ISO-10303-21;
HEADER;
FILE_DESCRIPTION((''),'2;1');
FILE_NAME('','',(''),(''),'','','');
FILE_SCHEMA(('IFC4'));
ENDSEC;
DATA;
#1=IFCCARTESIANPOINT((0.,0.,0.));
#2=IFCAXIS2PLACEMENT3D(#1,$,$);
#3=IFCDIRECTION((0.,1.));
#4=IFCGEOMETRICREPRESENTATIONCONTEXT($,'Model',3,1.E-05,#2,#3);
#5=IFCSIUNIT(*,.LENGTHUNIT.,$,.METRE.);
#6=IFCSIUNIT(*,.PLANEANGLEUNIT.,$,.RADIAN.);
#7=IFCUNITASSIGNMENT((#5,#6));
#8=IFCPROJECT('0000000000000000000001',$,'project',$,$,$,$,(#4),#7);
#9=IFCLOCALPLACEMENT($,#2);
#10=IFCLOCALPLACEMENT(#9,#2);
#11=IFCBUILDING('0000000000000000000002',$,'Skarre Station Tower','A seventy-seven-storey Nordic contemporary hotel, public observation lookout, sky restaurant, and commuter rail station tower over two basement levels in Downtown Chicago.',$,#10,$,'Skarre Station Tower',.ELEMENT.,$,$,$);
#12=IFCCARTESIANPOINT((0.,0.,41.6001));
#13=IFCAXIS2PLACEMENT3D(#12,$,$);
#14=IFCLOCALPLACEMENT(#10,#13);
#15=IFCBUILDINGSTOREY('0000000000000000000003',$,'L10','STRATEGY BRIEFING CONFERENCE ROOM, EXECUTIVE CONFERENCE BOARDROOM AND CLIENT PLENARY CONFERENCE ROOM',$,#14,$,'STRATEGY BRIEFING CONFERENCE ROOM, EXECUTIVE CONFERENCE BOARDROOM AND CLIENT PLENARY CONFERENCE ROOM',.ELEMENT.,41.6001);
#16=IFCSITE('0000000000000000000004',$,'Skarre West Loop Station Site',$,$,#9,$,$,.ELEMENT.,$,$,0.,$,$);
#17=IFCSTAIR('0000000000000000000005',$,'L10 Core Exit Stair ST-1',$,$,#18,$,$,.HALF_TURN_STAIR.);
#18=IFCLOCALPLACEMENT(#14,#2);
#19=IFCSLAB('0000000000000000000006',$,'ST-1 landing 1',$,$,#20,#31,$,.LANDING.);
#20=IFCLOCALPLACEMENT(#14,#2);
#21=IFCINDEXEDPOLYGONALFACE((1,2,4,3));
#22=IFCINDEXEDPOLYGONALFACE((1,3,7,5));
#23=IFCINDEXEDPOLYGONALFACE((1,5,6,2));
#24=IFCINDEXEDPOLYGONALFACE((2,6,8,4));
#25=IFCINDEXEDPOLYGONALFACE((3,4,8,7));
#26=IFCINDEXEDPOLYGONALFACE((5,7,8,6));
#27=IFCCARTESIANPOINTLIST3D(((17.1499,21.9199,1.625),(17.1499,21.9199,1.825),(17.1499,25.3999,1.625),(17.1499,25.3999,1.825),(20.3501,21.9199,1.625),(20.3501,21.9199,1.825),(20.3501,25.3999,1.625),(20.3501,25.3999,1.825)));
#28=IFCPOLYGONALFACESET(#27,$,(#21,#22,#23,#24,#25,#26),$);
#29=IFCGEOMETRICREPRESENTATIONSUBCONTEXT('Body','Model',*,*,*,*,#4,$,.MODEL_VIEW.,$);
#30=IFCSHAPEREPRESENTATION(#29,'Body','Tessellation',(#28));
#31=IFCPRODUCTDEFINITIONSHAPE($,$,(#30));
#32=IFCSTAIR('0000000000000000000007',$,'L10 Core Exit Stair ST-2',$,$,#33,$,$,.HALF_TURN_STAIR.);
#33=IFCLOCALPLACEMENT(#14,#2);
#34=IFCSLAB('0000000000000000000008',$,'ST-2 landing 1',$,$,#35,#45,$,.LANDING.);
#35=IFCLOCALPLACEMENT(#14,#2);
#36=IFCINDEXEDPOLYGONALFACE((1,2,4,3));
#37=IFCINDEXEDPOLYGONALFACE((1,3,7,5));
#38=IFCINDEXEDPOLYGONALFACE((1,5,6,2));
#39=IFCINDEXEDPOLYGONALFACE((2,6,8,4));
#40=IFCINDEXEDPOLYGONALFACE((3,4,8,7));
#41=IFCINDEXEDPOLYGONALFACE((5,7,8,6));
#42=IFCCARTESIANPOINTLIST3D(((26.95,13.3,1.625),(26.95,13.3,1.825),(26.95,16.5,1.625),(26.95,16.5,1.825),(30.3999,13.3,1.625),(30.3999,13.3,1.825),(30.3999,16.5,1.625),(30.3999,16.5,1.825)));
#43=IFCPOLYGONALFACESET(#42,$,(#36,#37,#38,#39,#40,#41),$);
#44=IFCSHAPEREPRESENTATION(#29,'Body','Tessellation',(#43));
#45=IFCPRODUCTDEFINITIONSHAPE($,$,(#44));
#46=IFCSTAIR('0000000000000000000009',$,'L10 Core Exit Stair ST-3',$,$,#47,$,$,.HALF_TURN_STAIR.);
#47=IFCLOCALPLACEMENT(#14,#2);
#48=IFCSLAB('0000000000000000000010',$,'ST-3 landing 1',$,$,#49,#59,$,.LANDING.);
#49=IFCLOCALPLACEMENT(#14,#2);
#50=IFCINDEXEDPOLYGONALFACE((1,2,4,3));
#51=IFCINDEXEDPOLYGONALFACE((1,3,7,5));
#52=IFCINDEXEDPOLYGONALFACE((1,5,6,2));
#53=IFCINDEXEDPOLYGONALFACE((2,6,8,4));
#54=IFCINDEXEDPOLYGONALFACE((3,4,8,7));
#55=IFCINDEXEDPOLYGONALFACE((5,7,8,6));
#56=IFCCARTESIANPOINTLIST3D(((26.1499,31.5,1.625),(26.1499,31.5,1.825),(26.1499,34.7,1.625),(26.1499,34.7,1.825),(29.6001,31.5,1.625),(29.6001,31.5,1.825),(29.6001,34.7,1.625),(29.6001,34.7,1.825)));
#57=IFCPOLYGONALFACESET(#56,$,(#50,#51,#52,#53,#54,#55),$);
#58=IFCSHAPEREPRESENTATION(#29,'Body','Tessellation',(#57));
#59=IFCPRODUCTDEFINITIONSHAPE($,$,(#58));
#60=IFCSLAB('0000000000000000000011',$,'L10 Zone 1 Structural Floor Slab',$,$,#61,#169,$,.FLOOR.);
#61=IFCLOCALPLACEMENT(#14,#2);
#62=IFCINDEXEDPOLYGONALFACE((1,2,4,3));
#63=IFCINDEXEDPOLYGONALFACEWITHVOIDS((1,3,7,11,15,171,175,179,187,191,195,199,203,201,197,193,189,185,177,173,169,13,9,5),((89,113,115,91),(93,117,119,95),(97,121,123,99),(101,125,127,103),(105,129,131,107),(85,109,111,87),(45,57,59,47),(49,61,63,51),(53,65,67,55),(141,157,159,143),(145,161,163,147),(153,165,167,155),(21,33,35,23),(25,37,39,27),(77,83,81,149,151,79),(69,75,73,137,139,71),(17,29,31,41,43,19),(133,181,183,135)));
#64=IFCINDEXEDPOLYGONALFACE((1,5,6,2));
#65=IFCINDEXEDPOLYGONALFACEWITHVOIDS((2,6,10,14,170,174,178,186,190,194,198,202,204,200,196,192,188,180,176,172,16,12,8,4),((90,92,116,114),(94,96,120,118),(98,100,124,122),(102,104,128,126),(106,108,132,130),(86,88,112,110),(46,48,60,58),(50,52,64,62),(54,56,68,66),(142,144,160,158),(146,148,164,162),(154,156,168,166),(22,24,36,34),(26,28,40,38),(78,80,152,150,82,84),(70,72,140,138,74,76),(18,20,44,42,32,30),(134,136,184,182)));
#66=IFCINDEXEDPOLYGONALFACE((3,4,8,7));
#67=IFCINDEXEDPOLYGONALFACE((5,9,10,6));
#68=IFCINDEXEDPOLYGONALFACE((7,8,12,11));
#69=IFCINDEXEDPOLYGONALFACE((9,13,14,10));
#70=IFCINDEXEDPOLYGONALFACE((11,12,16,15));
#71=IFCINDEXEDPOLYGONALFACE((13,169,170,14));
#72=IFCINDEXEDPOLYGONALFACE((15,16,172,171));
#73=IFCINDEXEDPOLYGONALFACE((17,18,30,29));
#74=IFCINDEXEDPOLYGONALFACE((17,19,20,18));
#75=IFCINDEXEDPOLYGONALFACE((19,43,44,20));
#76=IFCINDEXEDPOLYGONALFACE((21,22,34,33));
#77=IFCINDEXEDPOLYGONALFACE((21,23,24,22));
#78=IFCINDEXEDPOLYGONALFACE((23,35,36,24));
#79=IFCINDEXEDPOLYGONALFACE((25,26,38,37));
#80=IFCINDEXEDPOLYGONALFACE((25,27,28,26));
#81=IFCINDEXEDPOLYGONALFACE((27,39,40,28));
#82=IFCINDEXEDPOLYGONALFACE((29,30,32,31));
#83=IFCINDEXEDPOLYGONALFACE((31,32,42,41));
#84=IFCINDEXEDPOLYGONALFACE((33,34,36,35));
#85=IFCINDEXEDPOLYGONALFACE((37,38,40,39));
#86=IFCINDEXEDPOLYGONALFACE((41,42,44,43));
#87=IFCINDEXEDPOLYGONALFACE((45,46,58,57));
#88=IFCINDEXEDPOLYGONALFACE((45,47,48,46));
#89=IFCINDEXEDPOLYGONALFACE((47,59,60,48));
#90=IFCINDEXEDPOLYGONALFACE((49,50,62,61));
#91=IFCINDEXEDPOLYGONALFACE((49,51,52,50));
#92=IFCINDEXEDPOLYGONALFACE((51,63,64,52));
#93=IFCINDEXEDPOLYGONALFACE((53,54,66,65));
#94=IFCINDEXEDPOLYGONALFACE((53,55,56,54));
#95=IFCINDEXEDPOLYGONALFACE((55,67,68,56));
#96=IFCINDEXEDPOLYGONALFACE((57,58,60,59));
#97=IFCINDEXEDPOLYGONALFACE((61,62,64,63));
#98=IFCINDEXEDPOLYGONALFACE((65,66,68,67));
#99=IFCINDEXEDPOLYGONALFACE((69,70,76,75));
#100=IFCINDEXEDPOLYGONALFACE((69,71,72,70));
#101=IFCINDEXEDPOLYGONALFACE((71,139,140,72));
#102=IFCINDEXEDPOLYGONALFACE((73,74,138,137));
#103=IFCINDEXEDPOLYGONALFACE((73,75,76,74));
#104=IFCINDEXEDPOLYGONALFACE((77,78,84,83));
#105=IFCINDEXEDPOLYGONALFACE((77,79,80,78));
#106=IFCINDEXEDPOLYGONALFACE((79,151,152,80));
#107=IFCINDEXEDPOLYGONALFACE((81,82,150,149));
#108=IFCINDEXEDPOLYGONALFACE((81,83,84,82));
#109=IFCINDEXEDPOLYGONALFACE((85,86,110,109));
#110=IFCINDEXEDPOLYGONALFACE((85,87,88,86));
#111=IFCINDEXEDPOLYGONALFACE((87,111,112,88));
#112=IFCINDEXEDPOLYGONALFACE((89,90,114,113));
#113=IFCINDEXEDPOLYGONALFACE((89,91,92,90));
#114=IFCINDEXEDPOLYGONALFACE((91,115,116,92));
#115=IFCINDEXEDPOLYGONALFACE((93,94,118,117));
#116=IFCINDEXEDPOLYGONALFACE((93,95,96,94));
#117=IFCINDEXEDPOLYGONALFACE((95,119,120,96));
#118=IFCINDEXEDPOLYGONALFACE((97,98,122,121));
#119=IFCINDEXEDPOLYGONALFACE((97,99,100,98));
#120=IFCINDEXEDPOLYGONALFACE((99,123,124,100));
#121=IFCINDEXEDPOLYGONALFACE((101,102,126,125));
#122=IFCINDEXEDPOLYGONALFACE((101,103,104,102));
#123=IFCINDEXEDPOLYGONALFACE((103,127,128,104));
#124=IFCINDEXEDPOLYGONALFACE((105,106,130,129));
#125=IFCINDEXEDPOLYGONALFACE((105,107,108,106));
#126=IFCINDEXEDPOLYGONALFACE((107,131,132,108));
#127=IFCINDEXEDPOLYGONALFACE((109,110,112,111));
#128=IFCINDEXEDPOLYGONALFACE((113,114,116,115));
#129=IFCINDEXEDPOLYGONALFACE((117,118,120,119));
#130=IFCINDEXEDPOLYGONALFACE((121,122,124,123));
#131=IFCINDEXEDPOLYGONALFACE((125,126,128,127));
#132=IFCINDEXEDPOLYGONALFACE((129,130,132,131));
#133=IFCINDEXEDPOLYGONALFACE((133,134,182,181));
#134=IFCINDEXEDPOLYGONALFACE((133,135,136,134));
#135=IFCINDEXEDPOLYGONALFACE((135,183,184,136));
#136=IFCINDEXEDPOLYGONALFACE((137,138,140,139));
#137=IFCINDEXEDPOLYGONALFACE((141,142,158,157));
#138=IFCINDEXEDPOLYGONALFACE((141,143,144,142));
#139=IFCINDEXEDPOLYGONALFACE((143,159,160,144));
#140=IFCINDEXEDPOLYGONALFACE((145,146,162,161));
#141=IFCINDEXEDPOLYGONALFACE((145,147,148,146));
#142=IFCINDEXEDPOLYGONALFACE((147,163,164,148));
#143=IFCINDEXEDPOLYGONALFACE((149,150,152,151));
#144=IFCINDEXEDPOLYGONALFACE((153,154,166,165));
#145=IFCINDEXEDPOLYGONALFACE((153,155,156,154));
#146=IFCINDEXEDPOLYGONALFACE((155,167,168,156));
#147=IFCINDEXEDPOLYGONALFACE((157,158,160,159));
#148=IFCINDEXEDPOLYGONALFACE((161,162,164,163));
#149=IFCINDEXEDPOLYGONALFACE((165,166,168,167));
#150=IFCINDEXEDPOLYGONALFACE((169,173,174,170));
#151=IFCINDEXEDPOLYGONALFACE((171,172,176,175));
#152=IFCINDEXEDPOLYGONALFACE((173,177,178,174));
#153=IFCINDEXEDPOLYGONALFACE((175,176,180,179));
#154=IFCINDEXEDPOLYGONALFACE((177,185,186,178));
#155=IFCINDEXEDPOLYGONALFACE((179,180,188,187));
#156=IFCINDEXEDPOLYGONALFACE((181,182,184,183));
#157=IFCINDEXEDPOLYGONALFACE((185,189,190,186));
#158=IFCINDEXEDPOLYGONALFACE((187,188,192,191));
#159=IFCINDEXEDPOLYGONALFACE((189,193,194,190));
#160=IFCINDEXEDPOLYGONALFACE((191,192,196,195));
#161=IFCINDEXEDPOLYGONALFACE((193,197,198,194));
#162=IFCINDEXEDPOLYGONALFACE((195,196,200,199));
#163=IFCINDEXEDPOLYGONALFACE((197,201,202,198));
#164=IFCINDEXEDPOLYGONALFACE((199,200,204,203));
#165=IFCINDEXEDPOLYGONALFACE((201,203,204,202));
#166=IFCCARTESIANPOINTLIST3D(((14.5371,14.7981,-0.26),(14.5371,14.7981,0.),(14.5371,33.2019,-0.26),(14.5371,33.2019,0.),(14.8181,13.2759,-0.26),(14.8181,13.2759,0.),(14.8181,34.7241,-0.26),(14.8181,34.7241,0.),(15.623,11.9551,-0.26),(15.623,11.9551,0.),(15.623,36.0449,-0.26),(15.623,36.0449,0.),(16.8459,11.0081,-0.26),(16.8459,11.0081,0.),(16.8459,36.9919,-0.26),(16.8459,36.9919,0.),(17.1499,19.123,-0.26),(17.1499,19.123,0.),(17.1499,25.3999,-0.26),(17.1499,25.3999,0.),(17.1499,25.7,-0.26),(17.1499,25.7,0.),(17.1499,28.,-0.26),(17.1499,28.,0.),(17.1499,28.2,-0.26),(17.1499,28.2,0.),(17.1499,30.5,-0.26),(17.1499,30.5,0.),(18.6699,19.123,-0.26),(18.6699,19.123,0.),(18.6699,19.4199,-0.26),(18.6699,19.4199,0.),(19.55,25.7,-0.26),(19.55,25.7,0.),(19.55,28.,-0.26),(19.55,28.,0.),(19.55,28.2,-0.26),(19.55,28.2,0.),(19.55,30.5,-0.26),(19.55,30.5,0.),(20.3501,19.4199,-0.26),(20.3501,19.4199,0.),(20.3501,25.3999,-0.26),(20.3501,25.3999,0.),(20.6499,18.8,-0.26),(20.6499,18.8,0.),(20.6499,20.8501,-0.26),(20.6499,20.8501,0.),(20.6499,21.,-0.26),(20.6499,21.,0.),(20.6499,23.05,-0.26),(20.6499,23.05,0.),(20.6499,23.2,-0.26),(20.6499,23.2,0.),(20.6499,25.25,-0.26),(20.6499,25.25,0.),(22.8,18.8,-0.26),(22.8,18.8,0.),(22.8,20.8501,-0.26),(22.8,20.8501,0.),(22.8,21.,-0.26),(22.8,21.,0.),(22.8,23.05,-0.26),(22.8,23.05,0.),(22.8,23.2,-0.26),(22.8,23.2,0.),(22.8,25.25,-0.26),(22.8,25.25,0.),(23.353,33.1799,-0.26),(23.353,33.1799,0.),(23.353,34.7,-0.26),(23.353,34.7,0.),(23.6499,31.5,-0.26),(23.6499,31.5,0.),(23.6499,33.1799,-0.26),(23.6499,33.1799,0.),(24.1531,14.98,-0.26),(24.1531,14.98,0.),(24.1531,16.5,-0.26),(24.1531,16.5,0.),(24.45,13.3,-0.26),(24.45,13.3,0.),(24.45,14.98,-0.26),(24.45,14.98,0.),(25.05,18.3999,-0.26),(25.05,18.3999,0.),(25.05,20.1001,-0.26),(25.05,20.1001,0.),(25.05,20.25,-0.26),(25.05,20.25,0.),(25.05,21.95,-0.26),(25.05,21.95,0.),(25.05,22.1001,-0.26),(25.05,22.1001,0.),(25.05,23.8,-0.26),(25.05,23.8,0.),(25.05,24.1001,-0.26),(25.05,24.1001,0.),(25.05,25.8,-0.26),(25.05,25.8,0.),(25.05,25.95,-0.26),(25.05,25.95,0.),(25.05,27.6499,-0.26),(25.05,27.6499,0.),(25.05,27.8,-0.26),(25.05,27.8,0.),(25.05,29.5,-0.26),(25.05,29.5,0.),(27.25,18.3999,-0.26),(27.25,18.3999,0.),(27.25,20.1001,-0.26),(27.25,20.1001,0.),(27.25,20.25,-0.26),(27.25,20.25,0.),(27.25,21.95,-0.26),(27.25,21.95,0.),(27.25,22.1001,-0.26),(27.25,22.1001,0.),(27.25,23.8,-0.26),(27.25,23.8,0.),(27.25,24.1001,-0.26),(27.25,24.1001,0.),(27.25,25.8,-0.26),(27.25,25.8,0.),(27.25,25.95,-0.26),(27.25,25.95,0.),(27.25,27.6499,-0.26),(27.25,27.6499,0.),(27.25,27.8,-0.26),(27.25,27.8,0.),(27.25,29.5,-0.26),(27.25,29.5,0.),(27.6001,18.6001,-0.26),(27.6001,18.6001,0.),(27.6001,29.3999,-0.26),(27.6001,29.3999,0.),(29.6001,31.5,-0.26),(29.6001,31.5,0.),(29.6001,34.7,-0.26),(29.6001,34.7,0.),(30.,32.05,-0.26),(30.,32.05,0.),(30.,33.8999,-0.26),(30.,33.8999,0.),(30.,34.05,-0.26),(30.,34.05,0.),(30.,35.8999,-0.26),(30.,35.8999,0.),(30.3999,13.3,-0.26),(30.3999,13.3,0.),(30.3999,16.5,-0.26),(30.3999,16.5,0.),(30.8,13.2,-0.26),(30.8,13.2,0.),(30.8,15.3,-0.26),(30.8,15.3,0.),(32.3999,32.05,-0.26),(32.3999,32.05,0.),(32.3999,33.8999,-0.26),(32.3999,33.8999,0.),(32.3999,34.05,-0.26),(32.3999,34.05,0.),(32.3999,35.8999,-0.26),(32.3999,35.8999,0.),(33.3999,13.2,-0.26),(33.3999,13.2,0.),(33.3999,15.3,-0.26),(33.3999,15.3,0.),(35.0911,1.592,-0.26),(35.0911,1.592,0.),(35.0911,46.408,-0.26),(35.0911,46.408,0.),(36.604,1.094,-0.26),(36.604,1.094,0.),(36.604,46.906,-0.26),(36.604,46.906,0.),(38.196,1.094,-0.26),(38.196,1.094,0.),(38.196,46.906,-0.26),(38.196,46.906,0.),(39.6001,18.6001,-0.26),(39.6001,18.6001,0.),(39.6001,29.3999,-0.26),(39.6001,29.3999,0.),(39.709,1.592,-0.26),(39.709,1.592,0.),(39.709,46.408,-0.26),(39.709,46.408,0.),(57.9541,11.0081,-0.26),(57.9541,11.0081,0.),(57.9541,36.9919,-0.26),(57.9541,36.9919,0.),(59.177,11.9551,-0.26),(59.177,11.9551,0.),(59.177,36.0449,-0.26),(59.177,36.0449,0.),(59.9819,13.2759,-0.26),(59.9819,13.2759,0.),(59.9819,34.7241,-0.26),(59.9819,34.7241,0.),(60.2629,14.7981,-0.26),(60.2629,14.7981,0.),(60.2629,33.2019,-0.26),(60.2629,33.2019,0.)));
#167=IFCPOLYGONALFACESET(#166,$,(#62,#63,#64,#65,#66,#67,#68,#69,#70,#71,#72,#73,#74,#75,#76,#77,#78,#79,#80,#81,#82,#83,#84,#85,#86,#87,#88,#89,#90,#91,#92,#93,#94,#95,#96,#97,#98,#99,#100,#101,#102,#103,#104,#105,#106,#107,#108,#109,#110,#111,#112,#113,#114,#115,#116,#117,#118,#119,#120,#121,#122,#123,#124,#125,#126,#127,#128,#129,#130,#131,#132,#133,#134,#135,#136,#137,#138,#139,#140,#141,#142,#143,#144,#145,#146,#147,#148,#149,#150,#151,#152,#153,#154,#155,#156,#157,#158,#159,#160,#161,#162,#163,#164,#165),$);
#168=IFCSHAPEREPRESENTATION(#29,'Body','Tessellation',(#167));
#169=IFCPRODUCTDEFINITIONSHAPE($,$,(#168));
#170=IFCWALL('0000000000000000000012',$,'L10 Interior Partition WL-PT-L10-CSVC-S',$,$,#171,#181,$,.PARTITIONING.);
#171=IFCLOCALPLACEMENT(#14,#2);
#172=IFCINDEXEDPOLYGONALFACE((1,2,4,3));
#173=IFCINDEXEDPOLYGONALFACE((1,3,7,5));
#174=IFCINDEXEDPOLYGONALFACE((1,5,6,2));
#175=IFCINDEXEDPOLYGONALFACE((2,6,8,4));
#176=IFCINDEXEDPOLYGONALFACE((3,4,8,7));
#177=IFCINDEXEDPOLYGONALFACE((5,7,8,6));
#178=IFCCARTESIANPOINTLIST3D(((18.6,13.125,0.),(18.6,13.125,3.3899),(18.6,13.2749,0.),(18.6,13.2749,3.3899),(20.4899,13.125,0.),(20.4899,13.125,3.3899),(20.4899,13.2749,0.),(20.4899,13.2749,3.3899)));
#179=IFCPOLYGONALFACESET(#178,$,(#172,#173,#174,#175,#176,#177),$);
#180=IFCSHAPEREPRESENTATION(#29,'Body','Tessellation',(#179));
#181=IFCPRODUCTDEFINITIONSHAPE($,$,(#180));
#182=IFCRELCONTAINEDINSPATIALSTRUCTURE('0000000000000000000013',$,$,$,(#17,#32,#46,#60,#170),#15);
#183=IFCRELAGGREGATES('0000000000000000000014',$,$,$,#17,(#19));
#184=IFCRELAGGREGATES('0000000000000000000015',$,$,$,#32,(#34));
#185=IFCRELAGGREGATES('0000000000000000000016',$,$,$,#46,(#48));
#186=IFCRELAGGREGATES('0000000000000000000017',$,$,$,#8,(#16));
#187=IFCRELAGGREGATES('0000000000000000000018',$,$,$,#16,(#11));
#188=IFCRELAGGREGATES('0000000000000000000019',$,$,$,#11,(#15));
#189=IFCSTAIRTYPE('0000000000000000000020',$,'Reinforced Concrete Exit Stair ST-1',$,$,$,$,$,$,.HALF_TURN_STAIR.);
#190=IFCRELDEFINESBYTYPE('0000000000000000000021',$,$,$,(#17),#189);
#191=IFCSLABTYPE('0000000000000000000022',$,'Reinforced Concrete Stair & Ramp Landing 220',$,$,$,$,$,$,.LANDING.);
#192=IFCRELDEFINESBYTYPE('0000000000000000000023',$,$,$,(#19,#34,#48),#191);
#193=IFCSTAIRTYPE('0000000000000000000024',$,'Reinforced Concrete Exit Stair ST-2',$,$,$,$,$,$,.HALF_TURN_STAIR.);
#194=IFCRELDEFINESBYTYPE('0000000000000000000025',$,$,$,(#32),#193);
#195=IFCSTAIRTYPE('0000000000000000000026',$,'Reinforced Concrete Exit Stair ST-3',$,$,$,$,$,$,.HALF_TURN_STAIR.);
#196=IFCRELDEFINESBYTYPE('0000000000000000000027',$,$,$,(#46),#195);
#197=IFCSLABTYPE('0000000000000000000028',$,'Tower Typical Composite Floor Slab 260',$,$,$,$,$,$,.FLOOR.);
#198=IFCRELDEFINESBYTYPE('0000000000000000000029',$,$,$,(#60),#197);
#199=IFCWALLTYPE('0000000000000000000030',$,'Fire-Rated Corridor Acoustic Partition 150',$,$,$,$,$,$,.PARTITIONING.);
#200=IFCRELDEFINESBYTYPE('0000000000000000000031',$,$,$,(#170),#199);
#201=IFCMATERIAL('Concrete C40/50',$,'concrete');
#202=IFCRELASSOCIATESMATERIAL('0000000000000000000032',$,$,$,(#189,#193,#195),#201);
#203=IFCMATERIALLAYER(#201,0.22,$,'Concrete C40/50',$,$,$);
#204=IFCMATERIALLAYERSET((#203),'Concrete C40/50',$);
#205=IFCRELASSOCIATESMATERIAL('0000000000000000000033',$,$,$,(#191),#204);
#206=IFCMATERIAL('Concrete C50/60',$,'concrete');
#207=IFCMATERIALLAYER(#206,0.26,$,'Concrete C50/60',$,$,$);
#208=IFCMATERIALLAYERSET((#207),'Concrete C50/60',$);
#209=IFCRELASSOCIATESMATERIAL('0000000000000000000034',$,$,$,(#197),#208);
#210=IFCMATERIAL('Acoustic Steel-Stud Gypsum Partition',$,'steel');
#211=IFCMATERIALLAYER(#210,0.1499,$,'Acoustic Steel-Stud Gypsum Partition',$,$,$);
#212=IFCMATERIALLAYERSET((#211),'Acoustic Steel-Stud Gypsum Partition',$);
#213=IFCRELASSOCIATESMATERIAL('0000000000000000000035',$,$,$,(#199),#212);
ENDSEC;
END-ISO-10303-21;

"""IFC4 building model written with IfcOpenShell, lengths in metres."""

from ifc_helpers import new_model, si_unit, direction, frame, frame_2d, origin, place, context, subcontext, project, spatial, polyline, rectangle, outline, extrude, material, layer, layer_set, type_object, element, aggregate, save


model = new_model("IFC4")

# Units and contexts
model_context = context("Model", 3, precision=1e-05, world=origin(), true_north=direction((0.0, 1.0)))
body_context = subcontext(model_context, "Body", "Model", "MODEL_VIEW")
ifc_project = project(units=[si_unit("LENGTHUNIT", "METRE"), si_unit("PLANEANGLEUNIT", "RADIAN")], contexts=[model_context])

# Site, building, storey
site_placement = place(None, origin())
site = spatial("IfcSite", under=ifc_project, at=site_placement, Name="Skarre West Loop Station Site", CompositionType="ELEMENT", RefElevation=0.0)
building_placement = place(site_placement, origin())
building = spatial("IfcBuilding", under=site, at=building_placement, Name="Skarre Station Tower", Description="A seventy-seven-storey Nordic contemporary hotel, public observation lookout, sky restaurant, and commuter rail station tower over two basement levels in Downtown Chicago.", LongName="Skarre Station Tower", CompositionType="ELEMENT")
storey_placement = place(building_placement, frame((0.0, 0.0, 41.6001)))
storey = spatial("IfcBuildingStorey", under=building, at=storey_placement, Name="L10", Description="STRATEGY BRIEFING CONFERENCE ROOM, EXECUTIVE CONFERENCE BOARDROOM AND CLIENT PLENARY CONFERENCE ROOM", LongName="STRATEGY BRIEFING CONFERENCE ROOM, EXECUTIVE CONFERENCE BOARDROOM AND CLIENT PLENARY CONFERENCE ROOM", CompositionType="ELEMENT", Elevation=41.6001)

# Stairs, slabs
ifc_material_1 = material(Name="Concrete C40/50", Category="concrete")
stair_type_1 = type_object("IfcStairType", Name="Reinforced Concrete Exit Stair ST-1", PredefinedType="HALF_TURN_STAIR", material=ifc_material_1)
stair_1_placement = place(storey_placement, origin())
stair_1 = element("IfcStair", 1, at=stair_1_placement, inside=storey, type_object=stair_type_1, Name="L10 Core Exit Stair ST-1", PredefinedType="HALF_TURN_STAIR")
ifc_layer_1 = layer(ifc_material_1, 0.22, Name="Concrete C40/50")
ifc_layer_set_1 = layer_set([ifc_layer_1], Name="Concrete C40/50")
slab_type_1 = type_object("IfcSlabType", Name="Reinforced Concrete Stair & Ramp Landing 220", PredefinedType="LANDING", material=ifc_layer_set_1)
slab_1_placement = place(storey_placement, frame((0.0, 0.0, 1.625)))
slab_1 = element("IfcSlab", 2, at=slab_1_placement, type_object=slab_type_1, Name="ST-1 landing 1", PredefinedType="LANDING", context=body_context, shape_type="SweptSolid", body=[
    extrude(outline(polyline([(20.3501, 21.9199), (20.3501, 25.3999), (17.1499, 25.3999), (17.1499, 21.9199), (20.3501, 21.9199)])), origin(), (0.0, 0.0, 1.0), 0.2),
])
aggregate(stair_1, [slab_1])
stair_type_2 = type_object("IfcStairType", Name="Reinforced Concrete Exit Stair ST-2", PredefinedType="HALF_TURN_STAIR", material=ifc_material_1)
stair_2_placement = place(storey_placement, origin())
stair_2 = element("IfcStair", 3, at=stair_2_placement, inside=storey, type_object=stair_type_2, Name="L10 Core Exit Stair ST-2", PredefinedType="HALF_TURN_STAIR")
slab_2_placement = place(storey_placement, frame((0.0, 0.0, 1.625)))
slab_2 = element("IfcSlab", 4, at=slab_2_placement, type_object=slab_type_1, Name="ST-2 landing 1", PredefinedType="LANDING", context=body_context, shape_type="SweptSolid", body=[
    extrude(outline(polyline([(26.95, 13.3), (30.3999, 13.3), (30.3999, 16.5), (26.95, 16.5), (26.95, 13.3)])), origin(), (0.0, 0.0, 1.0), 0.2),
])
aggregate(stair_2, [slab_2])
stair_type_3 = type_object("IfcStairType", Name="Reinforced Concrete Exit Stair ST-3", PredefinedType="HALF_TURN_STAIR", material=ifc_material_1)
stair_3_placement = place(storey_placement, origin())
stair_3 = element("IfcStair", 5, at=stair_3_placement, inside=storey, type_object=stair_type_3, Name="L10 Core Exit Stair ST-3", PredefinedType="HALF_TURN_STAIR")
slab_3_placement = place(storey_placement, frame((0.0, 0.0, 1.625)))
slab_3 = element("IfcSlab", 6, at=slab_3_placement, type_object=slab_type_1, Name="ST-3 landing 1", PredefinedType="LANDING", context=body_context, shape_type="SweptSolid", body=[
    extrude(outline(polyline([(26.1499, 31.5), (29.6001, 31.5), (29.6001, 34.7), (26.1499, 34.7), (26.1499, 31.5)])), origin(), (0.0, 0.0, 1.0), 0.2),
])
aggregate(stair_3, [slab_3])

# Slab
ifc_material_2 = material(Name="Concrete C50/60", Category="concrete")
ifc_layer_2 = layer(ifc_material_2, 0.26, Name="Concrete C50/60")
ifc_layer_set_2 = layer_set([ifc_layer_2], Name="Concrete C50/60")
slab_type_2 = type_object("IfcSlabType", Name="Tower Typical Composite Floor Slab 260", PredefinedType="FLOOR", material=ifc_layer_set_2)
slab_4_placement = place(storey_placement, frame((0.0, 0.0, -0.26)))
element("IfcSlab", 7, at=slab_4_placement, inside=storey, type_object=slab_type_2, Name="L10 Zone 1 Structural Floor Slab", PredefinedType="FLOOR", context=body_context, shape_type="SweptSolid", body=[
    extrude(outline(polyline([(60.2629, 33.2019), (59.9819, 34.7241), (59.177, 36.0449), (57.9541, 36.9919), (39.709, 46.408), (38.196, 46.906), (36.604, 46.906), (35.0911, 46.408), (16.8459, 36.9919), (15.623, 36.0449), (14.8181, 34.7241), (14.5371, 33.2019), (14.5371, 14.7981), (14.8181, 13.2759), (15.623, 11.9551), (16.8459, 11.0081), (35.0911, 1.592), (36.604, 1.094), (38.196, 1.094), (39.709, 1.592), (57.9541, 11.0081), (59.177, 11.9551), (59.9819, 13.2759), (60.2629, 14.7981), (60.2629, 33.2019)]), holes=[polyline([(18.6699, 19.4199), (18.6699, 19.123), (17.1499, 19.123), (17.1499, 25.3999), (20.3501, 25.3999), (20.3501, 19.4199), (18.6699, 19.4199)]), polyline([(24.45, 14.98), (24.1531, 14.98), (24.1531, 16.5), (30.3999, 16.5), (30.3999, 13.3), (24.45, 13.3), (24.45, 14.98)]), polyline([(23.6499, 33.1799), (23.353, 33.1799), (23.353, 34.7), (29.6001, 34.7), (29.6001, 31.5), (23.6499, 31.5), (23.6499, 33.1799)]), polyline([(17.1499, 28.0), (19.55, 28.0), (19.55, 25.7), (17.1499, 25.7), (17.1499, 28.0)]), polyline([(17.1499, 30.5), (19.55, 30.5), (19.55, 28.2), (17.1499, 28.2), (17.1499, 30.5)]), polyline([(30.8, 15.3), (33.3999, 15.3), (33.3999, 13.2), (30.8, 13.2), (30.8, 15.3)]), polyline([(25.05, 20.1001), (27.25, 20.1001), (27.25, 18.3999), (25.05, 18.3999), (25.05, 20.1001)]), polyline([(25.05, 21.95), (27.25, 21.95), (27.25, 20.25), (25.05, 20.25), (25.05, 21.95)]), polyline([(25.05, 23.8), (27.25, 23.8), (27.25, 22.1001), (25.05, 22.1001), (25.05, 23.8)]), polyline([(25.05, 25.8), (27.25, 25.8), (27.25, 24.1001), (25.05, 24.1001), (25.05, 25.8)]), polyline([(25.05, 27.6499), (27.25, 27.6499), (27.25, 25.95), (25.05, 25.95), (25.05, 27.6499)]), polyline([(25.05, 29.5), (27.25, 29.5), (27.25, 27.8), (25.05, 27.8), (25.05, 29.5)]), polyline([(20.6499, 20.8501), (22.8, 20.8501), (22.8, 18.8), (20.6499, 18.8), (20.6499, 20.8501)]), polyline([(20.6499, 23.05), (22.8, 23.05), (22.8, 21.0), (20.6499, 21.0), (20.6499, 23.05)]), polyline([(20.6499, 25.25), (22.8, 25.25), (22.8, 23.2), (20.6499, 23.2), (20.6499, 25.25)]), polyline([(30.0, 33.8999), (32.3999, 33.8999), (32.3999, 32.05), (30.0, 32.05), (30.0, 33.8999)]), polyline([(30.0, 35.8999), (32.3999, 35.8999), (32.3999, 34.05), (30.0, 34.05), (30.0, 35.8999)]), polyline([(27.6001, 29.3999), (39.6001, 29.3999), (39.6001, 18.6001), (27.6001, 18.6001), (27.6001, 29.3999)])]), origin(), (0.0, 0.0, 1.0), 0.26),
])

# Wall
ifc_material_3 = material(Name="Acoustic Steel-Stud Gypsum Partition", Category="steel")
ifc_layer_3 = layer(ifc_material_3, 0.1499, Name="Acoustic Steel-Stud Gypsum Partition")
ifc_layer_set_3 = layer_set([ifc_layer_3], Name="Acoustic Steel-Stud Gypsum Partition")
wall_type_1 = type_object("IfcWallType", Name="Fire-Rated Corridor Acoustic Partition 150", PredefinedType="PARTITIONING", material=ifc_layer_set_3)
wall_1_placement = place(storey_placement, frame((18.6001, 13.2, 0.0), z_axis=(0.0, 0.0, 1.0), x_axis=(1.0, 0.0, 0.0)))
element("IfcWall", 8, at=wall_1_placement, inside=storey, type_object=wall_type_1, Name="L10 Interior Partition WL-PT-L10-CSVC-S", PredefinedType="PARTITIONING", context=body_context, shape_type="SweptSolid", body=[
    extrude(rectangle(XDim=1.8899, YDim=0.1499, at=frame_2d((0.9448, 0.0))), origin(), (0.0, 0.0, 1.0), 3.3899),
])

save(model, "model.ifc")
